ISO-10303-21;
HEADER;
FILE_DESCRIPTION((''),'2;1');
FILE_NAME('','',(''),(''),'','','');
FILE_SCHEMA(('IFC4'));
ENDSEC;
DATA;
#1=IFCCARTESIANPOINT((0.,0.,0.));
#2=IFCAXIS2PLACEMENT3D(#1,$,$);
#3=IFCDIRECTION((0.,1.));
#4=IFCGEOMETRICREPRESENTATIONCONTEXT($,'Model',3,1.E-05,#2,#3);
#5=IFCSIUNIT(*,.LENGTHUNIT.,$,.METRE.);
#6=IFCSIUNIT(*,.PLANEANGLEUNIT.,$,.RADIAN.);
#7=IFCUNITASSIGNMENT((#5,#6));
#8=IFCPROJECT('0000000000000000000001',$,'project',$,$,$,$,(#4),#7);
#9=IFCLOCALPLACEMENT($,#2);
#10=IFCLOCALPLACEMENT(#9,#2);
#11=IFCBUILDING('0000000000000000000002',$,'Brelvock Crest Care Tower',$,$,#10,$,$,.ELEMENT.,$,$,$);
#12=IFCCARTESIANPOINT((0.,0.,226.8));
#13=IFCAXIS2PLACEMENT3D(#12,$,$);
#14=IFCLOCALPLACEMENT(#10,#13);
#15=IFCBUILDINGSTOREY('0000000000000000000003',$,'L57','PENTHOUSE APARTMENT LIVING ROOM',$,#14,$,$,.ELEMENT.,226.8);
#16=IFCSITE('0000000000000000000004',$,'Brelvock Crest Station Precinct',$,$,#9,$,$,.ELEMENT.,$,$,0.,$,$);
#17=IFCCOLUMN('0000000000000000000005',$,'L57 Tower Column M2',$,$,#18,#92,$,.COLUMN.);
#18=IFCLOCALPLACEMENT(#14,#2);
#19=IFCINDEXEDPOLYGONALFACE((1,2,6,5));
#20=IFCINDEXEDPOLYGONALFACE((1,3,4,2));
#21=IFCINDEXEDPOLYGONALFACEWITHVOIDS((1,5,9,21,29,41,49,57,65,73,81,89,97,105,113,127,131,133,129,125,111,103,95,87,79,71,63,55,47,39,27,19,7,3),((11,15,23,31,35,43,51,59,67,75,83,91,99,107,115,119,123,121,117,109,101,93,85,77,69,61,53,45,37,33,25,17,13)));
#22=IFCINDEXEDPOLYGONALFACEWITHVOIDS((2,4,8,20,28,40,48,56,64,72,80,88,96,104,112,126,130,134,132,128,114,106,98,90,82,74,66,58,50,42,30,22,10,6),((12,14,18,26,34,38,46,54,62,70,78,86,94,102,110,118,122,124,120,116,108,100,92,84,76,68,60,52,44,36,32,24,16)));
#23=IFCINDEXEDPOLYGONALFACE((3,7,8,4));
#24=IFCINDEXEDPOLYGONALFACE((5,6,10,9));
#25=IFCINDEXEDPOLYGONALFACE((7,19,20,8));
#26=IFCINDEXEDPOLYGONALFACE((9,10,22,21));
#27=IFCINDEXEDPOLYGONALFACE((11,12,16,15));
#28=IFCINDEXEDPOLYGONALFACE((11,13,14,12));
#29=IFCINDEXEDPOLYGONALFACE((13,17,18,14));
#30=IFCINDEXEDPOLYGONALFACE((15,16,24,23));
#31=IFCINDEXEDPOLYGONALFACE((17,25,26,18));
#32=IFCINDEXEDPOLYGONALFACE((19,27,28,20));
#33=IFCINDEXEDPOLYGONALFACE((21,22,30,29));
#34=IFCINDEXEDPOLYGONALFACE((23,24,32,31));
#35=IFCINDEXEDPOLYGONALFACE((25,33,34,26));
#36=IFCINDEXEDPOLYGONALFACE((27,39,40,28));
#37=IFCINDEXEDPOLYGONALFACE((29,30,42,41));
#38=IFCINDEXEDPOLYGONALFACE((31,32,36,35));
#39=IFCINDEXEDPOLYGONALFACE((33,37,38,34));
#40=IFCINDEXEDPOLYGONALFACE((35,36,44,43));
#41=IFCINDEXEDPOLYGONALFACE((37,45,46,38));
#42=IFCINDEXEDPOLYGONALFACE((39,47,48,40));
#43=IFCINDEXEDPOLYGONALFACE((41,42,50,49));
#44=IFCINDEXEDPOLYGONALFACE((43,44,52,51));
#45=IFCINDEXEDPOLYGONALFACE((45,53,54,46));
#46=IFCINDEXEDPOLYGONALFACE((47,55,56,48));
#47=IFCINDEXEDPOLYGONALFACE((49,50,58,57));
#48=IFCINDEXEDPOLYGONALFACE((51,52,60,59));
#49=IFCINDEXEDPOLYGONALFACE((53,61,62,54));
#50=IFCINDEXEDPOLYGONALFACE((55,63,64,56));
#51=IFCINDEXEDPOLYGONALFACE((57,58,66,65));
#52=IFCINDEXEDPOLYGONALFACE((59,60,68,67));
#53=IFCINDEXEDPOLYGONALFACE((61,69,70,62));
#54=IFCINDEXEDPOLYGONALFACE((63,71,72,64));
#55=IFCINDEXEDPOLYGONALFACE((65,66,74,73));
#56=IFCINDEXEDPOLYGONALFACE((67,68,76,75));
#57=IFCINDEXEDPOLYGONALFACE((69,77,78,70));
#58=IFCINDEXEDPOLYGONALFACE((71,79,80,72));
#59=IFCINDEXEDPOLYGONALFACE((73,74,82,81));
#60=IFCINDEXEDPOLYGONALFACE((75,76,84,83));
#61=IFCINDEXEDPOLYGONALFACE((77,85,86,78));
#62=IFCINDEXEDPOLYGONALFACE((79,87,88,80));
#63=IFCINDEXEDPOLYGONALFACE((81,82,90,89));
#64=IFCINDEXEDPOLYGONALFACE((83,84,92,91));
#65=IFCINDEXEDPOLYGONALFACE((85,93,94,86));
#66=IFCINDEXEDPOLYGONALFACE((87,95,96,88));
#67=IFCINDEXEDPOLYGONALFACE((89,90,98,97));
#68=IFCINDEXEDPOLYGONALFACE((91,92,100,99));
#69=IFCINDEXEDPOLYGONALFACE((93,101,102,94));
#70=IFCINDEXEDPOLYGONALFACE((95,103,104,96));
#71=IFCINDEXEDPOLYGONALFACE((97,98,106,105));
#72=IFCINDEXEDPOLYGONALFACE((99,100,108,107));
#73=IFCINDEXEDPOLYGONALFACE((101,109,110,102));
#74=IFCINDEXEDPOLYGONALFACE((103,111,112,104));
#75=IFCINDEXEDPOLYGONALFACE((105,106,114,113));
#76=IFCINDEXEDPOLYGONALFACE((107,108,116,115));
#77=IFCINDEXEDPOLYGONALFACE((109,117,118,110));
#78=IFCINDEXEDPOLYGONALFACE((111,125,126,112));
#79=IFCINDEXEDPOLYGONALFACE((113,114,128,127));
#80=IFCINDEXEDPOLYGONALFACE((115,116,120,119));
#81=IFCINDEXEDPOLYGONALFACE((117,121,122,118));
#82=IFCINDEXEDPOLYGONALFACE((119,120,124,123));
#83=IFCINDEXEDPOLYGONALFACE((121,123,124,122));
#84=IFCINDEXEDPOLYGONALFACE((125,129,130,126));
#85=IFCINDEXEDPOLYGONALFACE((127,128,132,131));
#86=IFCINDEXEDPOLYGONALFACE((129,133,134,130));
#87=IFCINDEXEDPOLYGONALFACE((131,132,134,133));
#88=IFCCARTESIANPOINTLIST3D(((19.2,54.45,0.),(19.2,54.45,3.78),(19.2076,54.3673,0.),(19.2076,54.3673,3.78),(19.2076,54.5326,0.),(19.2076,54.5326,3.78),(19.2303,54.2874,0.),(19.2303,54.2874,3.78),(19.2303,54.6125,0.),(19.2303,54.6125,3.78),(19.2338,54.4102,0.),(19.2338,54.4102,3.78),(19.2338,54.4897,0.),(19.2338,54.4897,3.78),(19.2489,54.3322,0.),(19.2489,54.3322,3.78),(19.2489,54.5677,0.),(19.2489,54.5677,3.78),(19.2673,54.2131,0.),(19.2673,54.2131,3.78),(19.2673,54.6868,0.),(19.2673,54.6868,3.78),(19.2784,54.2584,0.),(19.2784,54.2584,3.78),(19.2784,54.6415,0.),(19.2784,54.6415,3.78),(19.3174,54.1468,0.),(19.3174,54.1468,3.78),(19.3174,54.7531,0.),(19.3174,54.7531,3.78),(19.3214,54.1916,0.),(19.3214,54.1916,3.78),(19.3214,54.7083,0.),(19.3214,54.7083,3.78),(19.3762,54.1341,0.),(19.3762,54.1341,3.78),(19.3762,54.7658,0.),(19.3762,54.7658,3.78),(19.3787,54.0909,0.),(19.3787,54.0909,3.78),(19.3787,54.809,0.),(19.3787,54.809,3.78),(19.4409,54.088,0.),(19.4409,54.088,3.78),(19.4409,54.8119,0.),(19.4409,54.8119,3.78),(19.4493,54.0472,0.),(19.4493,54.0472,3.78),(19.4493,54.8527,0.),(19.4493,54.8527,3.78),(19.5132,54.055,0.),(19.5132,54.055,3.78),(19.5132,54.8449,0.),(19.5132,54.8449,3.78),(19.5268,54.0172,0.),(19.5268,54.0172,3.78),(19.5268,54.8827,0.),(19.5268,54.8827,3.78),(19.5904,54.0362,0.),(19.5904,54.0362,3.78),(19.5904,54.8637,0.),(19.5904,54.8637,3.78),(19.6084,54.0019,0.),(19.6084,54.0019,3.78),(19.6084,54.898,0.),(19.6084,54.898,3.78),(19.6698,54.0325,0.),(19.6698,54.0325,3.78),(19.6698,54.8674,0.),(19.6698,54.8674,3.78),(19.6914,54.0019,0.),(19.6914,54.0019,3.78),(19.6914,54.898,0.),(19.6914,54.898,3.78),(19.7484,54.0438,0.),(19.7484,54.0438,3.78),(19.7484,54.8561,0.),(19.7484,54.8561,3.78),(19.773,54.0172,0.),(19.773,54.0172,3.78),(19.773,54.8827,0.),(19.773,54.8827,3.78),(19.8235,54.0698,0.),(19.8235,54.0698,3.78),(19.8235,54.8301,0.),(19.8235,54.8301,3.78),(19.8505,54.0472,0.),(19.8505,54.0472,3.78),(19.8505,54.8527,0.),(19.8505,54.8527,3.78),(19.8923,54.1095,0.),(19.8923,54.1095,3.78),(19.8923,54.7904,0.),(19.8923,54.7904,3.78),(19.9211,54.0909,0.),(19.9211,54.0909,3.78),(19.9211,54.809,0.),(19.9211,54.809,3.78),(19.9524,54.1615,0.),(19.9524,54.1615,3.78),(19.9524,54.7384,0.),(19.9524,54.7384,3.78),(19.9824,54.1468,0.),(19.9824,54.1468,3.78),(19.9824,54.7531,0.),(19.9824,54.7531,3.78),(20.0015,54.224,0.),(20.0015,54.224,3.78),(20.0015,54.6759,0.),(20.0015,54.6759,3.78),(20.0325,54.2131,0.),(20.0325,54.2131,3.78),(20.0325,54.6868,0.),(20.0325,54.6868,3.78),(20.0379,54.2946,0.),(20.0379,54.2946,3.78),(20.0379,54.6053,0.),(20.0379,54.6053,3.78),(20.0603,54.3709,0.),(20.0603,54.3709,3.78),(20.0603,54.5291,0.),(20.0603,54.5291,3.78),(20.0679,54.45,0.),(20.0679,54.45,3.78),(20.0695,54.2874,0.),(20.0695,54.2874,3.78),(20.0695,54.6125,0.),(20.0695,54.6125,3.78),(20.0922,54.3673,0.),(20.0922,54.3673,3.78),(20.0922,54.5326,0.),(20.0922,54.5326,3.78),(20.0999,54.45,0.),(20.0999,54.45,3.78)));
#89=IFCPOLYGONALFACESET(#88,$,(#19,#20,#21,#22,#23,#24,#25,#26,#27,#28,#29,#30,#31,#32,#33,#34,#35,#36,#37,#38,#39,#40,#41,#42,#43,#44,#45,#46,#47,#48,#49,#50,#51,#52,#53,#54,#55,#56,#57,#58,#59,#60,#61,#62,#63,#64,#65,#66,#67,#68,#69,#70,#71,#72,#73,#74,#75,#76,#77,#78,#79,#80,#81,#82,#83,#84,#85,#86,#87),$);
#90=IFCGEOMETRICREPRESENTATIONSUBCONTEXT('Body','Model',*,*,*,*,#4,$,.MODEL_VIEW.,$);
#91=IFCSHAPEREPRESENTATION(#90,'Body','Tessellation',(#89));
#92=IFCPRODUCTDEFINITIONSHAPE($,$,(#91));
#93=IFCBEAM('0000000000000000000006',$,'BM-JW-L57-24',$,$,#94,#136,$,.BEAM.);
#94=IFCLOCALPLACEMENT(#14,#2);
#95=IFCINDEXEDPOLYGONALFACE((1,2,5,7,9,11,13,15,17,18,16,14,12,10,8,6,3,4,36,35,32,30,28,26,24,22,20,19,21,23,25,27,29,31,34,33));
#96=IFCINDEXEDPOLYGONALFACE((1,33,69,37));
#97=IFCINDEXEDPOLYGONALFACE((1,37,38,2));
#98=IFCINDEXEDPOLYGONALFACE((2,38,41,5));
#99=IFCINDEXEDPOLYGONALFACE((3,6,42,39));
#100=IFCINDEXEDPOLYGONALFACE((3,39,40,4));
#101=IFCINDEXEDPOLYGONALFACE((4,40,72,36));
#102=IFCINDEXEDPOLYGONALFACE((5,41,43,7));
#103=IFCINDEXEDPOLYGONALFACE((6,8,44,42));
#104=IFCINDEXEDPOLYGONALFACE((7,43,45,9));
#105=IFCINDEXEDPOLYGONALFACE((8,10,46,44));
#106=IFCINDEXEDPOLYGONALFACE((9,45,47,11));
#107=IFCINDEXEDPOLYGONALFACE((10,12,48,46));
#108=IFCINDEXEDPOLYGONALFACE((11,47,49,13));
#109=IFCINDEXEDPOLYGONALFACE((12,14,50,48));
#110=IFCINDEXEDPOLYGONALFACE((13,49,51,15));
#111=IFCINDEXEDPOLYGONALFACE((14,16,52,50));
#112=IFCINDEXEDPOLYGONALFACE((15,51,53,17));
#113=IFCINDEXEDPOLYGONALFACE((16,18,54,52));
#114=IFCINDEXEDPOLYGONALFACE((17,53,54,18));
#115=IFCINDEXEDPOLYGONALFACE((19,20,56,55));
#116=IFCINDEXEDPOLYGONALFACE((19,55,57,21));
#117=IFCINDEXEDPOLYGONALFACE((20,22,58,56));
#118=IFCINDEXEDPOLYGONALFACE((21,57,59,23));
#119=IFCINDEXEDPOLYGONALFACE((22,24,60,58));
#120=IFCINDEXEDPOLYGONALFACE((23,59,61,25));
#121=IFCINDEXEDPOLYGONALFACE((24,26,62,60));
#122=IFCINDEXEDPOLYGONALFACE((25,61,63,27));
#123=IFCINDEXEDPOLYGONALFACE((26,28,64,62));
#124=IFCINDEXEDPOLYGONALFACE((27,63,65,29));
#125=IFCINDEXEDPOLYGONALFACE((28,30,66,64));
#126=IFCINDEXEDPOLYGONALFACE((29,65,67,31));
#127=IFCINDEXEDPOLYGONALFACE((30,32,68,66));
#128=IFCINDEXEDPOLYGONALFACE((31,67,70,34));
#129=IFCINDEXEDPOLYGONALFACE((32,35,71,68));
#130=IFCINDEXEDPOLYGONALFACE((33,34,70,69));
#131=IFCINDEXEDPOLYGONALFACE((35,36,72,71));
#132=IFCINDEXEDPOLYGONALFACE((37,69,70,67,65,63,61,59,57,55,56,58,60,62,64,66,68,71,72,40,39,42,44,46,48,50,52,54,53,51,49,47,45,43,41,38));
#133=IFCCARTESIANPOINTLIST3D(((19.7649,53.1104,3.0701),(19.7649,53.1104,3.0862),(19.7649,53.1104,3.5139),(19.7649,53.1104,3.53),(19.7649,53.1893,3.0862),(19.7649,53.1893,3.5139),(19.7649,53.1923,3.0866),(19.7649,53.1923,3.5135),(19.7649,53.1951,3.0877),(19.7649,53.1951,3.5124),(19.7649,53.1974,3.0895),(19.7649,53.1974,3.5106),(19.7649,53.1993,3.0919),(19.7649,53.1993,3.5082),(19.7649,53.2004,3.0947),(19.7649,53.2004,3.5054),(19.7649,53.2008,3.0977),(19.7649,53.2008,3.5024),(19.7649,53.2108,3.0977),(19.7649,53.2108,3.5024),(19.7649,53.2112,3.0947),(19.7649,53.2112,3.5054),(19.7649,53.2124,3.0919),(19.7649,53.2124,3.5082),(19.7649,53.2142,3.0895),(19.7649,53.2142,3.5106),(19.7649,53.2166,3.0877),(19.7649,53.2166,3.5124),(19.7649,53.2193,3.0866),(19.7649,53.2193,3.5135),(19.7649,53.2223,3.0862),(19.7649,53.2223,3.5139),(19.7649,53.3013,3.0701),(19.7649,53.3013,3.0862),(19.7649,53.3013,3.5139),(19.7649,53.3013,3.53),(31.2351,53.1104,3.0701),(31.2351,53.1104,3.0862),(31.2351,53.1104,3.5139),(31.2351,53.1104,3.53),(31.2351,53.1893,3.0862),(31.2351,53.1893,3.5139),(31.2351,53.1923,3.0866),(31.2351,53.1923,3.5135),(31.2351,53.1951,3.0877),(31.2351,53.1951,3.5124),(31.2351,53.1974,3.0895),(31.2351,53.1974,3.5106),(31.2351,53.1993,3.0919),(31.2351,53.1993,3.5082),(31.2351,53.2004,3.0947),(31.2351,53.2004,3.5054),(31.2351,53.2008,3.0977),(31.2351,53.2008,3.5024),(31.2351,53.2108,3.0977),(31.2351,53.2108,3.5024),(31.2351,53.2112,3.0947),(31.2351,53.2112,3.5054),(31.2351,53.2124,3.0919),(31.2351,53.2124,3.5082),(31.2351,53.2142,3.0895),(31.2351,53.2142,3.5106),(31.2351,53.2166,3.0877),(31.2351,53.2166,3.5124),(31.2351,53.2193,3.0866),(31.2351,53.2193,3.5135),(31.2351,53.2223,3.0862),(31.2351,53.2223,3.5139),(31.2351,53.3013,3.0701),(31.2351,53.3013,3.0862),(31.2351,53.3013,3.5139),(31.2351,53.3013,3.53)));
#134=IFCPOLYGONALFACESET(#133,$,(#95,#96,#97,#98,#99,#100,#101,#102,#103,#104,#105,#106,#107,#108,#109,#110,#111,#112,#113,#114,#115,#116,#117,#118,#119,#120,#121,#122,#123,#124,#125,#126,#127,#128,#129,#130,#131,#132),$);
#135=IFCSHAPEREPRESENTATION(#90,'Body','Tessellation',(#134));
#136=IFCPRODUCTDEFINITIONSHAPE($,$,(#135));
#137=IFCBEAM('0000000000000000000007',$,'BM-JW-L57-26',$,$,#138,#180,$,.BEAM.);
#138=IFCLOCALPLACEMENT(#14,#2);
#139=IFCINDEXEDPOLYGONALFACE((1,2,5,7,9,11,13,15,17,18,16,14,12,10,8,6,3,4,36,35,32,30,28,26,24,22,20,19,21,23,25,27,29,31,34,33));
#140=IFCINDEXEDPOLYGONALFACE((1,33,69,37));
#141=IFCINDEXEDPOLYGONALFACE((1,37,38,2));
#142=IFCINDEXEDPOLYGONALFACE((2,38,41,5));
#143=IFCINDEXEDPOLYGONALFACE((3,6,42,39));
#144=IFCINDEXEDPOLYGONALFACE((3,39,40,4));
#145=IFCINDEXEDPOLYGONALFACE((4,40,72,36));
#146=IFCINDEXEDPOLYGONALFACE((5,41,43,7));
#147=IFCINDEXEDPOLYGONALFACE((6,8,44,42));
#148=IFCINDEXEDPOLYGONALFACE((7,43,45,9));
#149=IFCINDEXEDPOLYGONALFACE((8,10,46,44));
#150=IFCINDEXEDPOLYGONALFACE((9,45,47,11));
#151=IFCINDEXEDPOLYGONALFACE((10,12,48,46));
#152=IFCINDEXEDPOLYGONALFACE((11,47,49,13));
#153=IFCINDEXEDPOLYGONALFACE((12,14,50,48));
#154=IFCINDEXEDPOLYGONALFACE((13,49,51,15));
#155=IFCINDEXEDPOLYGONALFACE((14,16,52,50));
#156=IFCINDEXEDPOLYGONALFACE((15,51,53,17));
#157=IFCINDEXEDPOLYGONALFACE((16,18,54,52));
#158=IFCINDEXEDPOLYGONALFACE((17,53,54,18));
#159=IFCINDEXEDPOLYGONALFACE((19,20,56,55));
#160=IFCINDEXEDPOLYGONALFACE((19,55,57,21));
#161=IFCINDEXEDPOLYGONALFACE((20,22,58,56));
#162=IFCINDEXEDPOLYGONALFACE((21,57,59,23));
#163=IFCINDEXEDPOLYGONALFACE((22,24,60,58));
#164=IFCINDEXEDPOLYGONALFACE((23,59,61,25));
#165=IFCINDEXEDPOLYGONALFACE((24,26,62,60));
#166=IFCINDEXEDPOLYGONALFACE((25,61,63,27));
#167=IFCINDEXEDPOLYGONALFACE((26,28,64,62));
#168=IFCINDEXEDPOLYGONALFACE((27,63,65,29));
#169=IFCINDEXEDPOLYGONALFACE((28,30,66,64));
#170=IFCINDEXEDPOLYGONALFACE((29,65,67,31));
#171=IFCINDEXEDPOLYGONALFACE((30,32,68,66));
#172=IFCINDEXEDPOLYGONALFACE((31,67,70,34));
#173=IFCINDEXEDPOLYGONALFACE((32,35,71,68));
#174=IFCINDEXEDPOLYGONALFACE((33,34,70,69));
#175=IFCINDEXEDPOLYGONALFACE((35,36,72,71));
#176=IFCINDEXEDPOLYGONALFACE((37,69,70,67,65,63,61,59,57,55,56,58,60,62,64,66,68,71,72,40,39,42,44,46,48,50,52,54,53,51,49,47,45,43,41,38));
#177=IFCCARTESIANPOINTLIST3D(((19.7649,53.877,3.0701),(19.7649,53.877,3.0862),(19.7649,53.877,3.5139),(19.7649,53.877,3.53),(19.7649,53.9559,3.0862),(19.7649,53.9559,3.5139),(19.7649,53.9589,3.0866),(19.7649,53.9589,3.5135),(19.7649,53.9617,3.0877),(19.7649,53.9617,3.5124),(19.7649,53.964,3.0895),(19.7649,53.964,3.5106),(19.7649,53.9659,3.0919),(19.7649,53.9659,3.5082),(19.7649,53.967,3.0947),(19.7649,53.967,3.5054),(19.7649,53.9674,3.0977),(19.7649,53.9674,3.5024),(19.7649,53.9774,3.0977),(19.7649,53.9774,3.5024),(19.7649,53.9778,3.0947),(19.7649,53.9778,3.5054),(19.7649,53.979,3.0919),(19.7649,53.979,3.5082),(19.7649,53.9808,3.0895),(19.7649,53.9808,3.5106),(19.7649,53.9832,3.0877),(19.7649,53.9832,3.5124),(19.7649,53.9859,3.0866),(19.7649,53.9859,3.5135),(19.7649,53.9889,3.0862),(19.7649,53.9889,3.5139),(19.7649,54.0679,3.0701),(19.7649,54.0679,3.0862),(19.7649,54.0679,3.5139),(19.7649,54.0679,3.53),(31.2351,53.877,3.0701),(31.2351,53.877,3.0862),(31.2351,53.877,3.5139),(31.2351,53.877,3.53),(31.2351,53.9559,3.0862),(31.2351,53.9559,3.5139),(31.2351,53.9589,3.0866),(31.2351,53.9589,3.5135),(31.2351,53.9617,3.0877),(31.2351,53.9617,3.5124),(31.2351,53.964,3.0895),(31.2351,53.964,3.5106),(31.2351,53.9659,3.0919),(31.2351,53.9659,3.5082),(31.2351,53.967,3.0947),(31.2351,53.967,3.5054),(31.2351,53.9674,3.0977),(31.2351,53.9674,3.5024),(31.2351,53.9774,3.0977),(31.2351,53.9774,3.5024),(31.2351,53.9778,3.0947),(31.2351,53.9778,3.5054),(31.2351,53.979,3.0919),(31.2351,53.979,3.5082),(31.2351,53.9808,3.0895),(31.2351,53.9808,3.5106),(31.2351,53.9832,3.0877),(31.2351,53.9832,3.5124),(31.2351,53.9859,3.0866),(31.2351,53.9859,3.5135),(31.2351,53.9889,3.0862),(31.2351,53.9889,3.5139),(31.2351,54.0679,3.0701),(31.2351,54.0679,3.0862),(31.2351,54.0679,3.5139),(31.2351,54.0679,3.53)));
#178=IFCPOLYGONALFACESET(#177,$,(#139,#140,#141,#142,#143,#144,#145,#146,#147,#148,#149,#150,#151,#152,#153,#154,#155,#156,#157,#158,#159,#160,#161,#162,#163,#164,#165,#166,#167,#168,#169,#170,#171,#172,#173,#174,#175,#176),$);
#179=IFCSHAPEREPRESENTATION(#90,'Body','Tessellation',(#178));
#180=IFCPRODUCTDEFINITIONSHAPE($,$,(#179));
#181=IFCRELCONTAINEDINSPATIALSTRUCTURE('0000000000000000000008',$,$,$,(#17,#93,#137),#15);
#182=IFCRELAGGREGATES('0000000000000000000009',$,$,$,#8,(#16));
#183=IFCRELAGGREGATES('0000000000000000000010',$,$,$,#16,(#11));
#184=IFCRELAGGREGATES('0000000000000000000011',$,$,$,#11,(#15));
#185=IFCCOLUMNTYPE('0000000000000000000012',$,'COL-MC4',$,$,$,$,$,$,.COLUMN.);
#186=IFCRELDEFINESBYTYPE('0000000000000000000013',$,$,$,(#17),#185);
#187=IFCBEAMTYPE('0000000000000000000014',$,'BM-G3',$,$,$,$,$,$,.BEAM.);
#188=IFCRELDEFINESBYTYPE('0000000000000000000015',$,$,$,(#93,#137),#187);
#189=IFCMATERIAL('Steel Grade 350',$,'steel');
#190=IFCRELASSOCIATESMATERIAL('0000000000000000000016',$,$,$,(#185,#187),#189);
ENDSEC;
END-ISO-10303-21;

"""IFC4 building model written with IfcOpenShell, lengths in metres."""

from ifc_helpers import new_model, si_unit, direction, frame, origin, origin_2d, place, context, subcontext, project, spatial, hollow_circle, i_section, extrude, source, transform, mapped, material, material_profile, profile_set, type_object, element, save


model = new_model("IFC4")

# Units and contexts
model_context = context("Model", 3, precision=1e-05, world=origin(), true_north=direction((0.0, 1.0)))
body_context = subcontext(model_context, "Body", "Model", "MODEL_VIEW")
ifc_project = project(units=[si_unit("LENGTHUNIT", "METRE"), si_unit("PLANEANGLEUNIT", "RADIAN")], contexts=[model_context])

# Site, building, storey
site_placement = place(None, origin())
site = spatial("IfcSite", under=ifc_project, at=site_placement, Name="Brelvock Crest Station Precinct", CompositionType="ELEMENT", RefElevation=0.0)
building_placement = place(site_placement, origin())
building = spatial("IfcBuilding", under=site, at=building_placement, Name="Brelvock Crest Care Tower", CompositionType="ELEMENT")
storey_placement = place(building_placement, frame((0.0, 0.0, 226.8)))
storey = spatial("IfcBuildingStorey", under=building, at=storey_placement, Name="L57", Description="PENTHOUSE APARTMENT LIVING ROOM", CompositionType="ELEMENT", Elevation=226.8)

# Column
ifc_material_1 = material(Name="Steel Grade 350", Category="steel")
ifc_material_profile_1 = material_profile(ifc_material_1, hollow_circle(Radius=0.45, WallThickness=0.032, at=origin_2d()), Name="CFT900x32")
ifc_profile_set_1 = profile_set([ifc_material_profile_1], Name="Steel Grade 350")
column_type = type_object("IfcColumnType", Name="COL-MC4", PredefinedType="COLUMN", material=ifc_profile_set_1)
shared_shape_1 = source(origin(), body_context, "Body", "SweptSolid", [
    extrude(hollow_circle(Radius=0.45, WallThickness=0.032, at=origin_2d()), origin(), (0.0, 0.0, 1.0), 3.78),
])
column_placement = place(storey_placement, frame((19.6499, 54.45, 0.0), z_axis=(0.0, 0.0, 1.0), x_axis=(1.0, 0.0, 0.0)))
element("IfcColumn", 1, at=column_placement, inside=storey, type_object=column_type, Name="L57 Tower Column M2", PredefinedType="COLUMN", context=body_context, shape_type="MappedRepresentation", body=[
    mapped(shared_shape_1, transform((0.0, 0.0, 0.0), x_axis=(1.0, 0.0, 0.0), y_axis=(0.0, 1.0, 0.0), z_axis=(0.0, 0.0, 1.0), scale=1.0)),
])

# Beams
ifc_material_profile_2 = material_profile(ifc_material_1, i_section(OverallWidth=0.1909, OverallDepth=0.46, WebThickness=0.01, FlangeThickness=0.0161, FilletRadius=0.0115, at=origin_2d()), Name="460UB82.1")
ifc_profile_set_2 = profile_set([ifc_material_profile_2], Name="Steel Grade 350")
beam_type_1 = type_object("IfcBeamType", Name="BM-G3", PredefinedType="BEAM", material=ifc_profile_set_2)
shared_shape_2 = source(origin(), body_context, "Body", "SweptSolid", [
    extrude(i_section(OverallWidth=0.1909, OverallDepth=0.46, WebThickness=0.01, FlangeThickness=0.0161, FilletRadius=0.0115, at=origin_2d()), origin(), (0.0, 0.0, 1.0), 11.4702),
])
for number, where, z_axis, x_axis, name in (
    (2, (19.7649, 53.2058, 3.3), (1.0, 0.0, 0.0), (0.0, 1.0, 0.0), "BM-JW-L57-24"),
    (3, (19.7649, 53.9724, 3.3), (1.0, 0.0, 0.0), (0.0, 1.0, 0.0), "BM-JW-L57-26"),
):
    element("IfcBeam", number, at=place(storey_placement, frame(where, z_axis=z_axis, x_axis=x_axis)), inside=storey, type_object=beam_type_1, Name=name, PredefinedType="BEAM", context=body_context, shape_type="MappedRepresentation", body=[
        mapped(shared_shape_2, transform((0.0, 0.0, 0.0), x_axis=(1.0, 0.0, 0.0), y_axis=(0.0, 1.0, 0.0), z_axis=(0.0, 0.0, 1.0), scale=1.0)),
    ])

save(model, "model.ifc")
